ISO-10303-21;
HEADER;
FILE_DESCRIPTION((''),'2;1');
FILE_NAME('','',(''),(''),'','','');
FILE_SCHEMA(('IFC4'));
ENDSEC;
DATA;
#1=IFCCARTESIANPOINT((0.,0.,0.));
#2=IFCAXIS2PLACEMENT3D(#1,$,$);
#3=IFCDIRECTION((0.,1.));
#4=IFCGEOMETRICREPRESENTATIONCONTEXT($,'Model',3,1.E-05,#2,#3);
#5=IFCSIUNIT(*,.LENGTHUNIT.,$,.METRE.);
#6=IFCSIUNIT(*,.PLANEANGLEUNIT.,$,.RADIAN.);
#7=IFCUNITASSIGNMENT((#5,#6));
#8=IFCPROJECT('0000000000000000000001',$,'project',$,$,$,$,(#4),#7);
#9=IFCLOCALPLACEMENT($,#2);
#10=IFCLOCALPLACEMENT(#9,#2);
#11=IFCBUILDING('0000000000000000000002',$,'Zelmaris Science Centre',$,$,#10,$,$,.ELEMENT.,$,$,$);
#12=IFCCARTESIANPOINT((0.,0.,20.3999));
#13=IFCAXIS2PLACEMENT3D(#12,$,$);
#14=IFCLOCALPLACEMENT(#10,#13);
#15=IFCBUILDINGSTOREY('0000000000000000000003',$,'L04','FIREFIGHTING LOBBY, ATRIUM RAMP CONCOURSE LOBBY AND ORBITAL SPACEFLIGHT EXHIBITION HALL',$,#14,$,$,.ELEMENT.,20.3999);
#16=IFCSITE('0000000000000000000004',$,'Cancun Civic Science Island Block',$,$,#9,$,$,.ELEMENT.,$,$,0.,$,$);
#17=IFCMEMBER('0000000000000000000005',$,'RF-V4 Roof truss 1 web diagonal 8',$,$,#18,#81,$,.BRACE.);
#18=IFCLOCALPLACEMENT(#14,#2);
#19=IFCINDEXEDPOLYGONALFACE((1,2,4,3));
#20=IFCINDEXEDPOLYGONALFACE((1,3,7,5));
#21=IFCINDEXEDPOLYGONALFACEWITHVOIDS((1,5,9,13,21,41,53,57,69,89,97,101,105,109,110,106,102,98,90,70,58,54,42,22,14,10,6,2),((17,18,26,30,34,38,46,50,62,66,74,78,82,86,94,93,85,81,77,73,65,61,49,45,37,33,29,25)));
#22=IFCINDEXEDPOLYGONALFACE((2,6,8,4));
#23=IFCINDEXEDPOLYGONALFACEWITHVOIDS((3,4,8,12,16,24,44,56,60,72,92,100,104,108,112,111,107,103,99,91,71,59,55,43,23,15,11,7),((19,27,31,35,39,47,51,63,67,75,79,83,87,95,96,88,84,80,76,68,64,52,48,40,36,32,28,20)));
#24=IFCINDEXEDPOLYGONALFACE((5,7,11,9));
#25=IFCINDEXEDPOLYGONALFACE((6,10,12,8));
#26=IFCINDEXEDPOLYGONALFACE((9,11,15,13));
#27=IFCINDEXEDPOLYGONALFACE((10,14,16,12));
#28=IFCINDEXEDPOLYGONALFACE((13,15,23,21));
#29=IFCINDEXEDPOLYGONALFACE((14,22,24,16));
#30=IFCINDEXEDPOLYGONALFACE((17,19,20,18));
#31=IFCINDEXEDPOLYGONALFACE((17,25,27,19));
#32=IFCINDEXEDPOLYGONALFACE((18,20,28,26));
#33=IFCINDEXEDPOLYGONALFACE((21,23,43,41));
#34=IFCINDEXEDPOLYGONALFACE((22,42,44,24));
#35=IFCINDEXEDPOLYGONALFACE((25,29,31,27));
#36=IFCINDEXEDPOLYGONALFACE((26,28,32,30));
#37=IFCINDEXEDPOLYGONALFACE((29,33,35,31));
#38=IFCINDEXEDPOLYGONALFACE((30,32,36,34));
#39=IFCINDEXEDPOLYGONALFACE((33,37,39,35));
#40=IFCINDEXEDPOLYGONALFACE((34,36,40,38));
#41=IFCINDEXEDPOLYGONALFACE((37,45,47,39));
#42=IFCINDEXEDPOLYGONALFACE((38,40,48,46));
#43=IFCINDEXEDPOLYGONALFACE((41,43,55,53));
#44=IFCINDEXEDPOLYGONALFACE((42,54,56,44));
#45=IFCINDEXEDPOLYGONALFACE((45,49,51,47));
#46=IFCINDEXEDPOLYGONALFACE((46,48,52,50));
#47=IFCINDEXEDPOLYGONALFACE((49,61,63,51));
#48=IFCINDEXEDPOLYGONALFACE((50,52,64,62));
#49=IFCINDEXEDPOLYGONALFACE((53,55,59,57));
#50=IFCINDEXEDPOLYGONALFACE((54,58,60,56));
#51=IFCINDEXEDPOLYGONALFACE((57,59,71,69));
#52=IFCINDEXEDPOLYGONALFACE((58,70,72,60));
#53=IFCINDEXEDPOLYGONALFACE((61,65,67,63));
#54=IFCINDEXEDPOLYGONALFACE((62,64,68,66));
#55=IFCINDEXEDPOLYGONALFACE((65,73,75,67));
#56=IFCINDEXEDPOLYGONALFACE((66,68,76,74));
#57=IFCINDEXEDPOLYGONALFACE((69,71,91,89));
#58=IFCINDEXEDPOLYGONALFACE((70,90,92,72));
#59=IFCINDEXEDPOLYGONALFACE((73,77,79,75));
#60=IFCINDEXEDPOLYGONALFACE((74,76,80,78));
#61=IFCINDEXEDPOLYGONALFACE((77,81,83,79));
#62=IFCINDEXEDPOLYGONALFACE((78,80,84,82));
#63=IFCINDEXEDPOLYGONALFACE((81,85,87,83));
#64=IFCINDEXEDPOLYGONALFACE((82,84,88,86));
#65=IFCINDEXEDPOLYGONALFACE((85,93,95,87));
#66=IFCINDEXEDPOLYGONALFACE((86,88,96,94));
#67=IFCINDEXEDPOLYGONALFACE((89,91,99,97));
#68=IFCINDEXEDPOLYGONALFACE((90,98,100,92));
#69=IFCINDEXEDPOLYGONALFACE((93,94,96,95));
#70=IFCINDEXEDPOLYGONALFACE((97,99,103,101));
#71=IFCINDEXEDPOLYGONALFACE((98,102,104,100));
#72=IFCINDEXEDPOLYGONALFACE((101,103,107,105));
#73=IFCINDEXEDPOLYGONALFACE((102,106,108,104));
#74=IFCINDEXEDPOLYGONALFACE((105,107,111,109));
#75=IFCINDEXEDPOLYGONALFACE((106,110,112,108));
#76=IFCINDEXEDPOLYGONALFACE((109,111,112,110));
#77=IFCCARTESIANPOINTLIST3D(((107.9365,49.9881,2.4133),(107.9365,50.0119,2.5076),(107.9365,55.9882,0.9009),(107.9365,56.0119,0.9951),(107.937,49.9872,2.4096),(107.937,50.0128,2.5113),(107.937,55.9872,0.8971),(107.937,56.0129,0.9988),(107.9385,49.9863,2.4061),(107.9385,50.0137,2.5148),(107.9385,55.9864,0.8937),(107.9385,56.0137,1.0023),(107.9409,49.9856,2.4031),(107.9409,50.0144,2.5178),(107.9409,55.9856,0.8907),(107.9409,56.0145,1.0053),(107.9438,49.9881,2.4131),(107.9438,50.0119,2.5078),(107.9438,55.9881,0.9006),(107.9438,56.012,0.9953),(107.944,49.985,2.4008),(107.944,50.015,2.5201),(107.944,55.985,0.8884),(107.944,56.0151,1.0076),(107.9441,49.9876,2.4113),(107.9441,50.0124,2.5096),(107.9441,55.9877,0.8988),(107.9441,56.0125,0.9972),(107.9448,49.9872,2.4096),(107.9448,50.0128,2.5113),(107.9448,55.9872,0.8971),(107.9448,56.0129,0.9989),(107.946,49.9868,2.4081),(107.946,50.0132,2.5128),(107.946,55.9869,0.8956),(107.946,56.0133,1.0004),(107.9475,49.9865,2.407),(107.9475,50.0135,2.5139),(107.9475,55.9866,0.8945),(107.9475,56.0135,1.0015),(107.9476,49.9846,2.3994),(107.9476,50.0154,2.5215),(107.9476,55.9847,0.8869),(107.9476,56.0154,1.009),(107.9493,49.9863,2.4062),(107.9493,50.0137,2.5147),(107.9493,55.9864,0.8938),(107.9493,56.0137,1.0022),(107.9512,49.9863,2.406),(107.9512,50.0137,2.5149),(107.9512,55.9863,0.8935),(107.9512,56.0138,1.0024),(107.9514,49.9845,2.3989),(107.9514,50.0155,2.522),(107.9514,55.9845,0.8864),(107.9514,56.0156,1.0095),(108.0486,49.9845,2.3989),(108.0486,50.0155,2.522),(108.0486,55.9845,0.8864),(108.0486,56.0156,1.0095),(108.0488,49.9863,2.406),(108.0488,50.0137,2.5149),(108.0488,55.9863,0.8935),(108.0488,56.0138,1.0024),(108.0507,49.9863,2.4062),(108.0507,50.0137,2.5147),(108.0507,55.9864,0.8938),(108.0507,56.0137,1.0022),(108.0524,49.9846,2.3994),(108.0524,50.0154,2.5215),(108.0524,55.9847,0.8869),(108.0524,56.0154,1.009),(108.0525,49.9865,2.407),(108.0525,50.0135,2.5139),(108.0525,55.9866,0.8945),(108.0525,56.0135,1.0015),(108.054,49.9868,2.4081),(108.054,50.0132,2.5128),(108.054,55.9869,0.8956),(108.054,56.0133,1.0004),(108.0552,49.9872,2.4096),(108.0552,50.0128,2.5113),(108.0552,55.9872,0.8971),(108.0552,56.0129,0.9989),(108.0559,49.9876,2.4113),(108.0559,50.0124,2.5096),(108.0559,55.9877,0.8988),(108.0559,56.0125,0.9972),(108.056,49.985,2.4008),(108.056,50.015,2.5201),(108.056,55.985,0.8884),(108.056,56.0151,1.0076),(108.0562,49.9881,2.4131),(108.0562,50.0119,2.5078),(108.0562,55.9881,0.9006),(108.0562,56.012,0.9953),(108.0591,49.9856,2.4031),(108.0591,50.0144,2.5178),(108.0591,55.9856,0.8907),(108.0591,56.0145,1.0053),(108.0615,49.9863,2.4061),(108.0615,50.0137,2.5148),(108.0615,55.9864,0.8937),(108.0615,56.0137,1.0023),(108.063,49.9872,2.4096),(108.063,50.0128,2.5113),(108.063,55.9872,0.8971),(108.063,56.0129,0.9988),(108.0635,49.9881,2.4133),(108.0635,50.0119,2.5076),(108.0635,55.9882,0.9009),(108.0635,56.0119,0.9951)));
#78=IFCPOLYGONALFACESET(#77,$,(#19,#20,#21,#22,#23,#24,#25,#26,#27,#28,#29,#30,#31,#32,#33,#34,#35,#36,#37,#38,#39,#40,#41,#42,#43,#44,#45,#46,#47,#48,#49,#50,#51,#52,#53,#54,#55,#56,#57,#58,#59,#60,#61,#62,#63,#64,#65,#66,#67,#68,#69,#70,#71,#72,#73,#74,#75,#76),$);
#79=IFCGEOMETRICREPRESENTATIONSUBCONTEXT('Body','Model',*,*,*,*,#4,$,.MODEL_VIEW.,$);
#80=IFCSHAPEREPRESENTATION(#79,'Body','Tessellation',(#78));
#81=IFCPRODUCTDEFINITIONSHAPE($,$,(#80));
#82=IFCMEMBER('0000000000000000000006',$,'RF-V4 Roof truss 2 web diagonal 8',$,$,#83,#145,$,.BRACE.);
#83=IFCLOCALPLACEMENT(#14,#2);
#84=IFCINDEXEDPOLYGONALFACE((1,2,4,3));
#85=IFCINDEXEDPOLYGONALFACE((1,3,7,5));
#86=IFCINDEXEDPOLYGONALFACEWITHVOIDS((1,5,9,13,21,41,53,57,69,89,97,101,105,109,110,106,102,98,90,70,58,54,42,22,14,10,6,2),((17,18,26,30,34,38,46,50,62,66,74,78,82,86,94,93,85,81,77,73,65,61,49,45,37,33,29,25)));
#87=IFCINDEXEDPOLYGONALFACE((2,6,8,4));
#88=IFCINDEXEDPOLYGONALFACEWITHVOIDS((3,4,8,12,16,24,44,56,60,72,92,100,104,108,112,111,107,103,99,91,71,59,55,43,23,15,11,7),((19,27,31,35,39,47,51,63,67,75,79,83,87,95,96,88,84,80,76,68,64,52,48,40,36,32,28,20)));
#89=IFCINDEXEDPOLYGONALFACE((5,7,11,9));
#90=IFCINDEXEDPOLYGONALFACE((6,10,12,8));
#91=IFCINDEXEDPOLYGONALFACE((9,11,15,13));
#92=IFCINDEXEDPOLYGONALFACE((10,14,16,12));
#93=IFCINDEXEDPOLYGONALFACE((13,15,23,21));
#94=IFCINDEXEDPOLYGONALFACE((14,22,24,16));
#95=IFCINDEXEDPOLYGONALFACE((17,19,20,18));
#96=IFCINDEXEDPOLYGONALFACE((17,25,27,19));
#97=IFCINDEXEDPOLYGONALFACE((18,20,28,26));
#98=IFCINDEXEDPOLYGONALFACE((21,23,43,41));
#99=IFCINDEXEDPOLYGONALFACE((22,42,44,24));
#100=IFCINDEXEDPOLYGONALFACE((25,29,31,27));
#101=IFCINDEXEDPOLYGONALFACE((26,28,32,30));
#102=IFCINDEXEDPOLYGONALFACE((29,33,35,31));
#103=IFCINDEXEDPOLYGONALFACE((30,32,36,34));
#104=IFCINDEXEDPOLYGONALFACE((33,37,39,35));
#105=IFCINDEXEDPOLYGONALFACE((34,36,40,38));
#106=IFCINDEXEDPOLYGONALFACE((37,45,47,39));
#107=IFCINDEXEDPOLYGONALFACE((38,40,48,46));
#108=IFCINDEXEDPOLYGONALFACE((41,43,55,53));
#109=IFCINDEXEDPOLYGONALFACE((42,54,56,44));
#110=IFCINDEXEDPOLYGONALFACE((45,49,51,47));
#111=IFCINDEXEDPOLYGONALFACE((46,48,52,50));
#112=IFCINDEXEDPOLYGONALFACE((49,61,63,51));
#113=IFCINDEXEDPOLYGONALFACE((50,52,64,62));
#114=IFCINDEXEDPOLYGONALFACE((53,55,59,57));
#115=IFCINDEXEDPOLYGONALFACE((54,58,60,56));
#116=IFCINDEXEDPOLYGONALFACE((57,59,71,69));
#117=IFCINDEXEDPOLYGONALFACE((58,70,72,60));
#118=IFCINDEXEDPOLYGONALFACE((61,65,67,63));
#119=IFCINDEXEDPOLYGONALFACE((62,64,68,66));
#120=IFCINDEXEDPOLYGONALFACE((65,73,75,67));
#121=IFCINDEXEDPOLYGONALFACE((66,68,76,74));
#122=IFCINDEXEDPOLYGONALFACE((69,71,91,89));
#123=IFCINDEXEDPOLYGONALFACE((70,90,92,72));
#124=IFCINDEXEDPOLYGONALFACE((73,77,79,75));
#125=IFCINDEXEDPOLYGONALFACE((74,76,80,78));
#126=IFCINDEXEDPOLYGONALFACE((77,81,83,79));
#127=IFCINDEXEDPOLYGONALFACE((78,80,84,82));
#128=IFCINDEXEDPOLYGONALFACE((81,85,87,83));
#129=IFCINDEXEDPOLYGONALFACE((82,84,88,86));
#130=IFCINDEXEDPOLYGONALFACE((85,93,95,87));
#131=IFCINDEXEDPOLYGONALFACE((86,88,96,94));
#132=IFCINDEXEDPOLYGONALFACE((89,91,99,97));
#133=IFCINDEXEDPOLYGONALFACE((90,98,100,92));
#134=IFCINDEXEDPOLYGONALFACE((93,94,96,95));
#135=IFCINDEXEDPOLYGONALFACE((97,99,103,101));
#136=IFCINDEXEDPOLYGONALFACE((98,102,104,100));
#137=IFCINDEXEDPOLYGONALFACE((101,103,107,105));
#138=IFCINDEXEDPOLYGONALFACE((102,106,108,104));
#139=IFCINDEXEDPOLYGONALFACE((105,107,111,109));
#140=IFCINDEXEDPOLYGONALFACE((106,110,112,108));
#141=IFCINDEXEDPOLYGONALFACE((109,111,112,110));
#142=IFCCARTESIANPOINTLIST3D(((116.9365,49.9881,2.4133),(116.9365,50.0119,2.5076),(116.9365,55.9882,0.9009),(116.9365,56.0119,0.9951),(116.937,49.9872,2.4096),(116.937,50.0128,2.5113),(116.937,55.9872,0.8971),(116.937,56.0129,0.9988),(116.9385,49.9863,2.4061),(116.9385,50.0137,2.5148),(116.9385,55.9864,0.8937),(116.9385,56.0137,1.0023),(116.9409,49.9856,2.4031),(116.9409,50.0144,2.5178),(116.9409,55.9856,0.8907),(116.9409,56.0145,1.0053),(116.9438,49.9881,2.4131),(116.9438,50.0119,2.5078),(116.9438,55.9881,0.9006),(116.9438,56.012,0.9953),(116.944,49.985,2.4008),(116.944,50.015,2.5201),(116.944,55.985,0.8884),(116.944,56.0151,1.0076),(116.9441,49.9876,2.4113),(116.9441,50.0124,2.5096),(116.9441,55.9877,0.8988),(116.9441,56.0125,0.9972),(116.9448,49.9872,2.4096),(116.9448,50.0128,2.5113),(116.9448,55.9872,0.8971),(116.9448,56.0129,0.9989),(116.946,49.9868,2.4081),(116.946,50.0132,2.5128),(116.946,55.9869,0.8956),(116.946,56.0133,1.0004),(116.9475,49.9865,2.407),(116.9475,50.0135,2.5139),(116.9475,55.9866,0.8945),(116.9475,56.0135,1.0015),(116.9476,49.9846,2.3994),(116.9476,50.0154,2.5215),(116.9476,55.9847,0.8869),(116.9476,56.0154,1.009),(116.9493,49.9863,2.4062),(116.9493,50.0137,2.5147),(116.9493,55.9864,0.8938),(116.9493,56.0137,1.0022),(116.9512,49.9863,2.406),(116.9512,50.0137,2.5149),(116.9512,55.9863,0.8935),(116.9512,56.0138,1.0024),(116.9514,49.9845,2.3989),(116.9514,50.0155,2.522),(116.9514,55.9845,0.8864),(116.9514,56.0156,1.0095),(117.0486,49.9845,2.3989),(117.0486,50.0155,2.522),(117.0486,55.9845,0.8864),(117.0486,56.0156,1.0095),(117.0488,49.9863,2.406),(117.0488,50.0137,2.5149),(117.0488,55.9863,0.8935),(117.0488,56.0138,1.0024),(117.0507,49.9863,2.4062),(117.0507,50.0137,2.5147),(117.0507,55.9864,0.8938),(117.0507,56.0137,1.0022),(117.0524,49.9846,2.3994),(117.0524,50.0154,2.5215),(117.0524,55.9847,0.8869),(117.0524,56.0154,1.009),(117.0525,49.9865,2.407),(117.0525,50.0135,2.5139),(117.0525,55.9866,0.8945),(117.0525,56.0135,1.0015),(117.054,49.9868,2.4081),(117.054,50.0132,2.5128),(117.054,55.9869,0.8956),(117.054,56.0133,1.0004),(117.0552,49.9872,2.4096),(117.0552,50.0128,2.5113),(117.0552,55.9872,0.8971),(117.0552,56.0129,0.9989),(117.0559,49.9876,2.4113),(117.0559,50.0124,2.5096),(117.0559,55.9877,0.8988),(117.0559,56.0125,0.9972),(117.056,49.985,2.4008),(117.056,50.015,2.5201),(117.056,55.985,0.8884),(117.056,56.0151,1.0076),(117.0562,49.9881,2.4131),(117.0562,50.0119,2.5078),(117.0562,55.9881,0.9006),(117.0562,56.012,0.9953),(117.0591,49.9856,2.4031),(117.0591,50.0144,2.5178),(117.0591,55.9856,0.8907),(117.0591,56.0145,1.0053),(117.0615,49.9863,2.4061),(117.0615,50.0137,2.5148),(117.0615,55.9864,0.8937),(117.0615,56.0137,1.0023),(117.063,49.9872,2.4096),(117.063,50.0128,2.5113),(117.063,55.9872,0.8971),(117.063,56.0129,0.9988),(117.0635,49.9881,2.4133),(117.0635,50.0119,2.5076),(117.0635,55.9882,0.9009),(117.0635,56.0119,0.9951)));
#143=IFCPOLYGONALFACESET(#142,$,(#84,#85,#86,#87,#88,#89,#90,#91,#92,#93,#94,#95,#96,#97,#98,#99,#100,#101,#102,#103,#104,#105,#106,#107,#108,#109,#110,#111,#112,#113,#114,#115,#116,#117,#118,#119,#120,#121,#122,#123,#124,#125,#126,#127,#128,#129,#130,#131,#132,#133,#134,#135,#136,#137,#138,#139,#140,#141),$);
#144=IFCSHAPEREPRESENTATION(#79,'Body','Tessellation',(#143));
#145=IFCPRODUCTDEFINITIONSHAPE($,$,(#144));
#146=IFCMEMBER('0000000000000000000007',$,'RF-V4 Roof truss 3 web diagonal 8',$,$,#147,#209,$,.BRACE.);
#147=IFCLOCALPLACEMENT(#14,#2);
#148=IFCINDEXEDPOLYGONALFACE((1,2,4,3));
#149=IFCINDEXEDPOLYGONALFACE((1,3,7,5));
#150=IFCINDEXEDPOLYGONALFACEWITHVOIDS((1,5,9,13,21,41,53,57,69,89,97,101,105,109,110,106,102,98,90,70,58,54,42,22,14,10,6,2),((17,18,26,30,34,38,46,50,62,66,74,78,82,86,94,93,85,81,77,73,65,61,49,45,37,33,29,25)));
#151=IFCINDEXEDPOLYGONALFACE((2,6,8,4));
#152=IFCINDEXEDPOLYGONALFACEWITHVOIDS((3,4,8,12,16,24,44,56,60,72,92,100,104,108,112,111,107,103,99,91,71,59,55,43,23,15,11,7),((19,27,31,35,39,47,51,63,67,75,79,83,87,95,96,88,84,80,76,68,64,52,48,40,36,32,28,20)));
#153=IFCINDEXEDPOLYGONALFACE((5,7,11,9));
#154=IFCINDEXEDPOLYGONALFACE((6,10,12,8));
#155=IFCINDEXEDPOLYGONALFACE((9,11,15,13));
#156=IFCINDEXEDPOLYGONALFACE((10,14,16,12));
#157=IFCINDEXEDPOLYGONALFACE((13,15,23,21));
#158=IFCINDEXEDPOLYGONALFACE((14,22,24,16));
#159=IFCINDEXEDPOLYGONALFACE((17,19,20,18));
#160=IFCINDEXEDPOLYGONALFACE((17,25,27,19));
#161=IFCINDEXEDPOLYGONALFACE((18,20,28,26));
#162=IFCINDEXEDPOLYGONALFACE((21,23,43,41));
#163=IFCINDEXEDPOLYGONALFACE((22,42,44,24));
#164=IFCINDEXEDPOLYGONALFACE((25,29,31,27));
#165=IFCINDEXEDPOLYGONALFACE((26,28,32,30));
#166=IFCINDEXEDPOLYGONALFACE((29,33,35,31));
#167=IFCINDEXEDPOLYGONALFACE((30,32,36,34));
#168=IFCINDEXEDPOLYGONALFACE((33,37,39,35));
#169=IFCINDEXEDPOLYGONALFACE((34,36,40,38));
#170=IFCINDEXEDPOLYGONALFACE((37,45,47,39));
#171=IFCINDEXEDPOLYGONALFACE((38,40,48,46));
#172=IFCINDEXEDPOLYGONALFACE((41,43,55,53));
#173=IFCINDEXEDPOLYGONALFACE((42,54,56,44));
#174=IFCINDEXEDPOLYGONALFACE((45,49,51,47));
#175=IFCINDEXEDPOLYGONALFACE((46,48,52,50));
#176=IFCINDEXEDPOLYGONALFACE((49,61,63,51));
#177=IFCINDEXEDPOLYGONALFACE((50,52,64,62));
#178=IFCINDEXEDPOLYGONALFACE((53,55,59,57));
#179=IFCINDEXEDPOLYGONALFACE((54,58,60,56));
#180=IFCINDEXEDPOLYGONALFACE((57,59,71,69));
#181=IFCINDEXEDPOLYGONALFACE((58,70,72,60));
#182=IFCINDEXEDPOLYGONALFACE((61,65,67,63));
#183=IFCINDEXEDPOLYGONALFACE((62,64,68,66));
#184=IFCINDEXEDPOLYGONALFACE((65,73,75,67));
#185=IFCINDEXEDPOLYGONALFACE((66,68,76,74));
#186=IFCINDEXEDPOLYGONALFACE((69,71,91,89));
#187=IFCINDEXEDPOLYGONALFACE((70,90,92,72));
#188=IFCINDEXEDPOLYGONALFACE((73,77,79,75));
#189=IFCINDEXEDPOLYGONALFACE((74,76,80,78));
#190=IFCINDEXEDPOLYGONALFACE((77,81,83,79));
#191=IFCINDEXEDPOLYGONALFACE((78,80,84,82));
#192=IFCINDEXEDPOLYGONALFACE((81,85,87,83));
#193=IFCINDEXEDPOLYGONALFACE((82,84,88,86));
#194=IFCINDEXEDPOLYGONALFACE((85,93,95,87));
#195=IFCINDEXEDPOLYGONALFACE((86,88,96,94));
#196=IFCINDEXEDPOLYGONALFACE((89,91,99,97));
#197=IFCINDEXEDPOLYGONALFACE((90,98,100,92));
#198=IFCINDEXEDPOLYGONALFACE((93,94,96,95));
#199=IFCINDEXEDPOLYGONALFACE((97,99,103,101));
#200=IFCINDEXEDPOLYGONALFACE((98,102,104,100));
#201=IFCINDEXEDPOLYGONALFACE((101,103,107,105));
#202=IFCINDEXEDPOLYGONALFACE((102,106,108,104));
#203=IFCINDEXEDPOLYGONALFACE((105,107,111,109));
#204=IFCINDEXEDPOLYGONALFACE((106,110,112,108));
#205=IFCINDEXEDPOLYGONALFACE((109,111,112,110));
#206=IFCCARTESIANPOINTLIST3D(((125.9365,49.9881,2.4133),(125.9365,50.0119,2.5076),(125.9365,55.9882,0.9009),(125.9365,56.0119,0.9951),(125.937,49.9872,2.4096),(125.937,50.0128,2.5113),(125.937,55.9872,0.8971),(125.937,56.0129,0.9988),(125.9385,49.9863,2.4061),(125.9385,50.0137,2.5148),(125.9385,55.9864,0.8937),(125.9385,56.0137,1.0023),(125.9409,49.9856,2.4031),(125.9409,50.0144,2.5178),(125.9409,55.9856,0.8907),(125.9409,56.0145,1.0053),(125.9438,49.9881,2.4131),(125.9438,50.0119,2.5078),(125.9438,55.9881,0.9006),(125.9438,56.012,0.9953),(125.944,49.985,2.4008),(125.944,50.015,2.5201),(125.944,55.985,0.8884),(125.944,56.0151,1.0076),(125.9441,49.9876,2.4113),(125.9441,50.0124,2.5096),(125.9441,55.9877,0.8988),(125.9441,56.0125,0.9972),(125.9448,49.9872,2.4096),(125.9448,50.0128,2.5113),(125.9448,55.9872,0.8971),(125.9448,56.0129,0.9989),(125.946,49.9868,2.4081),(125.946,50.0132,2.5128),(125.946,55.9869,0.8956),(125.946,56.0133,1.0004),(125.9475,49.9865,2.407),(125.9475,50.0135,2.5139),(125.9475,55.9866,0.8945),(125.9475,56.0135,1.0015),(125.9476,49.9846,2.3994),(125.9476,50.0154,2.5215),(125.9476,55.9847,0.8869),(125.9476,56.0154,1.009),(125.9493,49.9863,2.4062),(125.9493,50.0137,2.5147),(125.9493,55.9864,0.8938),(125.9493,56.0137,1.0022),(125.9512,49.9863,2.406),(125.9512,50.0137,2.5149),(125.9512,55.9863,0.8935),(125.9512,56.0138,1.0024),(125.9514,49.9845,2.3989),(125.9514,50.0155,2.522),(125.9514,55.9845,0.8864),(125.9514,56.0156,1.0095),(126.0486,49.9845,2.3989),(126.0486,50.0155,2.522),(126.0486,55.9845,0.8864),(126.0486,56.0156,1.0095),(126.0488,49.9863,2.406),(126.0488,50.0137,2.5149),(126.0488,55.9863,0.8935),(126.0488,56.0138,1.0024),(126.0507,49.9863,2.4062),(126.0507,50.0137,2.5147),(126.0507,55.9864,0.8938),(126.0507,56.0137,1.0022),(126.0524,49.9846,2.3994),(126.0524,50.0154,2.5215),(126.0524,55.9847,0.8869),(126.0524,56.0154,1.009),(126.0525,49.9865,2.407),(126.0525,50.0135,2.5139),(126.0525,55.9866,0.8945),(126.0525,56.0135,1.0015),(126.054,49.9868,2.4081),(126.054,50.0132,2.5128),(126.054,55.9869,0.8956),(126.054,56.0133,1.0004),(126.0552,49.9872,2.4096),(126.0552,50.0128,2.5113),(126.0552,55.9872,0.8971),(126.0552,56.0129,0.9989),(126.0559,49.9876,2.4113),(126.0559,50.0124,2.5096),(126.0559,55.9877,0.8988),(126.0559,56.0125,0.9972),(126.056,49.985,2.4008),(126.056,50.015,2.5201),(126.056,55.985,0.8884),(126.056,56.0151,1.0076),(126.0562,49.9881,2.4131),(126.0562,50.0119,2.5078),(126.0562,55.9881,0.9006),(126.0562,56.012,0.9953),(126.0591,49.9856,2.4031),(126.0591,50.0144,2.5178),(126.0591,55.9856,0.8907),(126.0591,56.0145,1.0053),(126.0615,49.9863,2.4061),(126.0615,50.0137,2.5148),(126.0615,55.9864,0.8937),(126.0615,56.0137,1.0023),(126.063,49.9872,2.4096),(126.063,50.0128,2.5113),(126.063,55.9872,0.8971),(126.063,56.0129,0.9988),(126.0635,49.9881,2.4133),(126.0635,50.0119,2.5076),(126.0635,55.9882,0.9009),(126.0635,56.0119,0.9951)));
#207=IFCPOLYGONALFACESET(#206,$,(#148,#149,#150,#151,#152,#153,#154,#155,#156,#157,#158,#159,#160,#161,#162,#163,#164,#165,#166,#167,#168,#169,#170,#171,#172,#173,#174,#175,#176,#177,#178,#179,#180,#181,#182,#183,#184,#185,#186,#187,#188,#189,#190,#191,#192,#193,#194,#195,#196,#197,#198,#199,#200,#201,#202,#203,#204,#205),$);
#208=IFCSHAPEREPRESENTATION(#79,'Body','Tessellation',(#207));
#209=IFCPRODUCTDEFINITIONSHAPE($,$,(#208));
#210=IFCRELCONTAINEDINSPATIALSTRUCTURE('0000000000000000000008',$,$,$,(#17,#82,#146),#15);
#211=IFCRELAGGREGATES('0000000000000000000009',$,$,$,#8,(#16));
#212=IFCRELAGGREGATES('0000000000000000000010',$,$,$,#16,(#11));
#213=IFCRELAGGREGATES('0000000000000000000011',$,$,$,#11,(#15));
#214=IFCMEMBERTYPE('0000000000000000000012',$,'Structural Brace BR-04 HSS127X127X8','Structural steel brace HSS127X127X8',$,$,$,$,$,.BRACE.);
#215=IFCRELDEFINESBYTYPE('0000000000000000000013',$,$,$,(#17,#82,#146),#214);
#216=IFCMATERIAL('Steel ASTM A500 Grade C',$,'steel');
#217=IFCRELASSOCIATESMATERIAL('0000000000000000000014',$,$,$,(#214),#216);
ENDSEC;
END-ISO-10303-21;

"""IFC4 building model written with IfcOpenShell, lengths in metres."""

from ifc_helpers import new_model, si_unit, direction, frame, origin, origin_2d, place, context, subcontext, project, spatial, hollow_rectangle, extrude, material, material_profile, profile_set, type_object, element, save


model = new_model("IFC4")

# Units and contexts
model_context = context("Model", 3, precision=1e-05, world=origin(), true_north=direction((0.0, 1.0)))
body_context = subcontext(model_context, "Body", "Model", "MODEL_VIEW")
ifc_project = project(units=[si_unit("LENGTHUNIT", "METRE"), si_unit("PLANEANGLEUNIT", "RADIAN")], contexts=[model_context])

# Site, building, storey
site_placement = place(None, origin())
site = spatial("IfcSite", under=ifc_project, at=site_placement, Name="Cancun Civic Science Island Block", CompositionType="ELEMENT", RefElevation=0.0)
building_placement = place(site_placement, origin())
building = spatial("IfcBuilding", under=site, at=building_placement, Name="Zelmaris Science Centre", CompositionType="ELEMENT")
storey_placement = place(building_placement, frame((0.0, 0.0, 20.3999)))
storey = spatial("IfcBuildingStorey", under=building, at=storey_placement, Name="L04", Description="FIREFIGHTING LOBBY, ATRIUM RAMP CONCOURSE LOBBY AND ORBITAL SPACEFLIGHT EXHIBITION HALL", CompositionType="ELEMENT", Elevation=20.3999)

# Members
ifc_material_1 = material(Name="Steel ASTM A500 Grade C", Category="steel")
ifc_material_profile_1 = material_profile(ifc_material_1, hollow_rectangle(XDim=0.127, YDim=0.127, WallThickness=0.0073, InnerFilletRadius=0.0073, OuterFilletRadius=0.0149, at=origin_2d()), Name="HSS127X127X8")
ifc_profile_set_1 = profile_set([ifc_material_profile_1], Name="Steel ASTM A500 Grade C")
member_type_1 = type_object("IfcMemberType", Name="Structural Brace BR-04 HSS127X127X8", Description="Structural steel brace HSS127X127X8", PredefinedType="BRACE", material=ifc_profile_set_1)
for number, where, z_axis, x_axis, name in (
    (1, (108.0, 50.0, 2.4604), (0.0, 0.969667, -0.244429), (-1.0, 0.0, 0.0), "RF-V4 Roof truss 1 web diagonal 8"),
    (2, (117.0, 50.0, 2.4604), (0.0, 0.969667, -0.244429), (-1.0, 0.0, 0.0), "RF-V4 Roof truss 2 web diagonal 8"),
    (3, (126.0, 50.0, 2.4604), (0.0, 0.969667, -0.244429), (-1.0, 0.0, 0.0), "RF-V4 Roof truss 3 web diagonal 8"),
):
    element("IfcMember", number, at=place(storey_placement, frame(where, z_axis=z_axis, x_axis=x_axis)), inside=storey, type_object=member_type_1, Name=name, PredefinedType="BRACE", context=body_context, shape_type="SweptSolid", body=[
        extrude(hollow_rectangle(XDim=0.127, YDim=0.127, WallThickness=0.0073, InnerFilletRadius=0.0073, OuterFilletRadius=0.0149, at=origin_2d()), origin(), (0.0, 0.0, 1.0), 6.1877),
    ])

save(model, "model.ifc")
